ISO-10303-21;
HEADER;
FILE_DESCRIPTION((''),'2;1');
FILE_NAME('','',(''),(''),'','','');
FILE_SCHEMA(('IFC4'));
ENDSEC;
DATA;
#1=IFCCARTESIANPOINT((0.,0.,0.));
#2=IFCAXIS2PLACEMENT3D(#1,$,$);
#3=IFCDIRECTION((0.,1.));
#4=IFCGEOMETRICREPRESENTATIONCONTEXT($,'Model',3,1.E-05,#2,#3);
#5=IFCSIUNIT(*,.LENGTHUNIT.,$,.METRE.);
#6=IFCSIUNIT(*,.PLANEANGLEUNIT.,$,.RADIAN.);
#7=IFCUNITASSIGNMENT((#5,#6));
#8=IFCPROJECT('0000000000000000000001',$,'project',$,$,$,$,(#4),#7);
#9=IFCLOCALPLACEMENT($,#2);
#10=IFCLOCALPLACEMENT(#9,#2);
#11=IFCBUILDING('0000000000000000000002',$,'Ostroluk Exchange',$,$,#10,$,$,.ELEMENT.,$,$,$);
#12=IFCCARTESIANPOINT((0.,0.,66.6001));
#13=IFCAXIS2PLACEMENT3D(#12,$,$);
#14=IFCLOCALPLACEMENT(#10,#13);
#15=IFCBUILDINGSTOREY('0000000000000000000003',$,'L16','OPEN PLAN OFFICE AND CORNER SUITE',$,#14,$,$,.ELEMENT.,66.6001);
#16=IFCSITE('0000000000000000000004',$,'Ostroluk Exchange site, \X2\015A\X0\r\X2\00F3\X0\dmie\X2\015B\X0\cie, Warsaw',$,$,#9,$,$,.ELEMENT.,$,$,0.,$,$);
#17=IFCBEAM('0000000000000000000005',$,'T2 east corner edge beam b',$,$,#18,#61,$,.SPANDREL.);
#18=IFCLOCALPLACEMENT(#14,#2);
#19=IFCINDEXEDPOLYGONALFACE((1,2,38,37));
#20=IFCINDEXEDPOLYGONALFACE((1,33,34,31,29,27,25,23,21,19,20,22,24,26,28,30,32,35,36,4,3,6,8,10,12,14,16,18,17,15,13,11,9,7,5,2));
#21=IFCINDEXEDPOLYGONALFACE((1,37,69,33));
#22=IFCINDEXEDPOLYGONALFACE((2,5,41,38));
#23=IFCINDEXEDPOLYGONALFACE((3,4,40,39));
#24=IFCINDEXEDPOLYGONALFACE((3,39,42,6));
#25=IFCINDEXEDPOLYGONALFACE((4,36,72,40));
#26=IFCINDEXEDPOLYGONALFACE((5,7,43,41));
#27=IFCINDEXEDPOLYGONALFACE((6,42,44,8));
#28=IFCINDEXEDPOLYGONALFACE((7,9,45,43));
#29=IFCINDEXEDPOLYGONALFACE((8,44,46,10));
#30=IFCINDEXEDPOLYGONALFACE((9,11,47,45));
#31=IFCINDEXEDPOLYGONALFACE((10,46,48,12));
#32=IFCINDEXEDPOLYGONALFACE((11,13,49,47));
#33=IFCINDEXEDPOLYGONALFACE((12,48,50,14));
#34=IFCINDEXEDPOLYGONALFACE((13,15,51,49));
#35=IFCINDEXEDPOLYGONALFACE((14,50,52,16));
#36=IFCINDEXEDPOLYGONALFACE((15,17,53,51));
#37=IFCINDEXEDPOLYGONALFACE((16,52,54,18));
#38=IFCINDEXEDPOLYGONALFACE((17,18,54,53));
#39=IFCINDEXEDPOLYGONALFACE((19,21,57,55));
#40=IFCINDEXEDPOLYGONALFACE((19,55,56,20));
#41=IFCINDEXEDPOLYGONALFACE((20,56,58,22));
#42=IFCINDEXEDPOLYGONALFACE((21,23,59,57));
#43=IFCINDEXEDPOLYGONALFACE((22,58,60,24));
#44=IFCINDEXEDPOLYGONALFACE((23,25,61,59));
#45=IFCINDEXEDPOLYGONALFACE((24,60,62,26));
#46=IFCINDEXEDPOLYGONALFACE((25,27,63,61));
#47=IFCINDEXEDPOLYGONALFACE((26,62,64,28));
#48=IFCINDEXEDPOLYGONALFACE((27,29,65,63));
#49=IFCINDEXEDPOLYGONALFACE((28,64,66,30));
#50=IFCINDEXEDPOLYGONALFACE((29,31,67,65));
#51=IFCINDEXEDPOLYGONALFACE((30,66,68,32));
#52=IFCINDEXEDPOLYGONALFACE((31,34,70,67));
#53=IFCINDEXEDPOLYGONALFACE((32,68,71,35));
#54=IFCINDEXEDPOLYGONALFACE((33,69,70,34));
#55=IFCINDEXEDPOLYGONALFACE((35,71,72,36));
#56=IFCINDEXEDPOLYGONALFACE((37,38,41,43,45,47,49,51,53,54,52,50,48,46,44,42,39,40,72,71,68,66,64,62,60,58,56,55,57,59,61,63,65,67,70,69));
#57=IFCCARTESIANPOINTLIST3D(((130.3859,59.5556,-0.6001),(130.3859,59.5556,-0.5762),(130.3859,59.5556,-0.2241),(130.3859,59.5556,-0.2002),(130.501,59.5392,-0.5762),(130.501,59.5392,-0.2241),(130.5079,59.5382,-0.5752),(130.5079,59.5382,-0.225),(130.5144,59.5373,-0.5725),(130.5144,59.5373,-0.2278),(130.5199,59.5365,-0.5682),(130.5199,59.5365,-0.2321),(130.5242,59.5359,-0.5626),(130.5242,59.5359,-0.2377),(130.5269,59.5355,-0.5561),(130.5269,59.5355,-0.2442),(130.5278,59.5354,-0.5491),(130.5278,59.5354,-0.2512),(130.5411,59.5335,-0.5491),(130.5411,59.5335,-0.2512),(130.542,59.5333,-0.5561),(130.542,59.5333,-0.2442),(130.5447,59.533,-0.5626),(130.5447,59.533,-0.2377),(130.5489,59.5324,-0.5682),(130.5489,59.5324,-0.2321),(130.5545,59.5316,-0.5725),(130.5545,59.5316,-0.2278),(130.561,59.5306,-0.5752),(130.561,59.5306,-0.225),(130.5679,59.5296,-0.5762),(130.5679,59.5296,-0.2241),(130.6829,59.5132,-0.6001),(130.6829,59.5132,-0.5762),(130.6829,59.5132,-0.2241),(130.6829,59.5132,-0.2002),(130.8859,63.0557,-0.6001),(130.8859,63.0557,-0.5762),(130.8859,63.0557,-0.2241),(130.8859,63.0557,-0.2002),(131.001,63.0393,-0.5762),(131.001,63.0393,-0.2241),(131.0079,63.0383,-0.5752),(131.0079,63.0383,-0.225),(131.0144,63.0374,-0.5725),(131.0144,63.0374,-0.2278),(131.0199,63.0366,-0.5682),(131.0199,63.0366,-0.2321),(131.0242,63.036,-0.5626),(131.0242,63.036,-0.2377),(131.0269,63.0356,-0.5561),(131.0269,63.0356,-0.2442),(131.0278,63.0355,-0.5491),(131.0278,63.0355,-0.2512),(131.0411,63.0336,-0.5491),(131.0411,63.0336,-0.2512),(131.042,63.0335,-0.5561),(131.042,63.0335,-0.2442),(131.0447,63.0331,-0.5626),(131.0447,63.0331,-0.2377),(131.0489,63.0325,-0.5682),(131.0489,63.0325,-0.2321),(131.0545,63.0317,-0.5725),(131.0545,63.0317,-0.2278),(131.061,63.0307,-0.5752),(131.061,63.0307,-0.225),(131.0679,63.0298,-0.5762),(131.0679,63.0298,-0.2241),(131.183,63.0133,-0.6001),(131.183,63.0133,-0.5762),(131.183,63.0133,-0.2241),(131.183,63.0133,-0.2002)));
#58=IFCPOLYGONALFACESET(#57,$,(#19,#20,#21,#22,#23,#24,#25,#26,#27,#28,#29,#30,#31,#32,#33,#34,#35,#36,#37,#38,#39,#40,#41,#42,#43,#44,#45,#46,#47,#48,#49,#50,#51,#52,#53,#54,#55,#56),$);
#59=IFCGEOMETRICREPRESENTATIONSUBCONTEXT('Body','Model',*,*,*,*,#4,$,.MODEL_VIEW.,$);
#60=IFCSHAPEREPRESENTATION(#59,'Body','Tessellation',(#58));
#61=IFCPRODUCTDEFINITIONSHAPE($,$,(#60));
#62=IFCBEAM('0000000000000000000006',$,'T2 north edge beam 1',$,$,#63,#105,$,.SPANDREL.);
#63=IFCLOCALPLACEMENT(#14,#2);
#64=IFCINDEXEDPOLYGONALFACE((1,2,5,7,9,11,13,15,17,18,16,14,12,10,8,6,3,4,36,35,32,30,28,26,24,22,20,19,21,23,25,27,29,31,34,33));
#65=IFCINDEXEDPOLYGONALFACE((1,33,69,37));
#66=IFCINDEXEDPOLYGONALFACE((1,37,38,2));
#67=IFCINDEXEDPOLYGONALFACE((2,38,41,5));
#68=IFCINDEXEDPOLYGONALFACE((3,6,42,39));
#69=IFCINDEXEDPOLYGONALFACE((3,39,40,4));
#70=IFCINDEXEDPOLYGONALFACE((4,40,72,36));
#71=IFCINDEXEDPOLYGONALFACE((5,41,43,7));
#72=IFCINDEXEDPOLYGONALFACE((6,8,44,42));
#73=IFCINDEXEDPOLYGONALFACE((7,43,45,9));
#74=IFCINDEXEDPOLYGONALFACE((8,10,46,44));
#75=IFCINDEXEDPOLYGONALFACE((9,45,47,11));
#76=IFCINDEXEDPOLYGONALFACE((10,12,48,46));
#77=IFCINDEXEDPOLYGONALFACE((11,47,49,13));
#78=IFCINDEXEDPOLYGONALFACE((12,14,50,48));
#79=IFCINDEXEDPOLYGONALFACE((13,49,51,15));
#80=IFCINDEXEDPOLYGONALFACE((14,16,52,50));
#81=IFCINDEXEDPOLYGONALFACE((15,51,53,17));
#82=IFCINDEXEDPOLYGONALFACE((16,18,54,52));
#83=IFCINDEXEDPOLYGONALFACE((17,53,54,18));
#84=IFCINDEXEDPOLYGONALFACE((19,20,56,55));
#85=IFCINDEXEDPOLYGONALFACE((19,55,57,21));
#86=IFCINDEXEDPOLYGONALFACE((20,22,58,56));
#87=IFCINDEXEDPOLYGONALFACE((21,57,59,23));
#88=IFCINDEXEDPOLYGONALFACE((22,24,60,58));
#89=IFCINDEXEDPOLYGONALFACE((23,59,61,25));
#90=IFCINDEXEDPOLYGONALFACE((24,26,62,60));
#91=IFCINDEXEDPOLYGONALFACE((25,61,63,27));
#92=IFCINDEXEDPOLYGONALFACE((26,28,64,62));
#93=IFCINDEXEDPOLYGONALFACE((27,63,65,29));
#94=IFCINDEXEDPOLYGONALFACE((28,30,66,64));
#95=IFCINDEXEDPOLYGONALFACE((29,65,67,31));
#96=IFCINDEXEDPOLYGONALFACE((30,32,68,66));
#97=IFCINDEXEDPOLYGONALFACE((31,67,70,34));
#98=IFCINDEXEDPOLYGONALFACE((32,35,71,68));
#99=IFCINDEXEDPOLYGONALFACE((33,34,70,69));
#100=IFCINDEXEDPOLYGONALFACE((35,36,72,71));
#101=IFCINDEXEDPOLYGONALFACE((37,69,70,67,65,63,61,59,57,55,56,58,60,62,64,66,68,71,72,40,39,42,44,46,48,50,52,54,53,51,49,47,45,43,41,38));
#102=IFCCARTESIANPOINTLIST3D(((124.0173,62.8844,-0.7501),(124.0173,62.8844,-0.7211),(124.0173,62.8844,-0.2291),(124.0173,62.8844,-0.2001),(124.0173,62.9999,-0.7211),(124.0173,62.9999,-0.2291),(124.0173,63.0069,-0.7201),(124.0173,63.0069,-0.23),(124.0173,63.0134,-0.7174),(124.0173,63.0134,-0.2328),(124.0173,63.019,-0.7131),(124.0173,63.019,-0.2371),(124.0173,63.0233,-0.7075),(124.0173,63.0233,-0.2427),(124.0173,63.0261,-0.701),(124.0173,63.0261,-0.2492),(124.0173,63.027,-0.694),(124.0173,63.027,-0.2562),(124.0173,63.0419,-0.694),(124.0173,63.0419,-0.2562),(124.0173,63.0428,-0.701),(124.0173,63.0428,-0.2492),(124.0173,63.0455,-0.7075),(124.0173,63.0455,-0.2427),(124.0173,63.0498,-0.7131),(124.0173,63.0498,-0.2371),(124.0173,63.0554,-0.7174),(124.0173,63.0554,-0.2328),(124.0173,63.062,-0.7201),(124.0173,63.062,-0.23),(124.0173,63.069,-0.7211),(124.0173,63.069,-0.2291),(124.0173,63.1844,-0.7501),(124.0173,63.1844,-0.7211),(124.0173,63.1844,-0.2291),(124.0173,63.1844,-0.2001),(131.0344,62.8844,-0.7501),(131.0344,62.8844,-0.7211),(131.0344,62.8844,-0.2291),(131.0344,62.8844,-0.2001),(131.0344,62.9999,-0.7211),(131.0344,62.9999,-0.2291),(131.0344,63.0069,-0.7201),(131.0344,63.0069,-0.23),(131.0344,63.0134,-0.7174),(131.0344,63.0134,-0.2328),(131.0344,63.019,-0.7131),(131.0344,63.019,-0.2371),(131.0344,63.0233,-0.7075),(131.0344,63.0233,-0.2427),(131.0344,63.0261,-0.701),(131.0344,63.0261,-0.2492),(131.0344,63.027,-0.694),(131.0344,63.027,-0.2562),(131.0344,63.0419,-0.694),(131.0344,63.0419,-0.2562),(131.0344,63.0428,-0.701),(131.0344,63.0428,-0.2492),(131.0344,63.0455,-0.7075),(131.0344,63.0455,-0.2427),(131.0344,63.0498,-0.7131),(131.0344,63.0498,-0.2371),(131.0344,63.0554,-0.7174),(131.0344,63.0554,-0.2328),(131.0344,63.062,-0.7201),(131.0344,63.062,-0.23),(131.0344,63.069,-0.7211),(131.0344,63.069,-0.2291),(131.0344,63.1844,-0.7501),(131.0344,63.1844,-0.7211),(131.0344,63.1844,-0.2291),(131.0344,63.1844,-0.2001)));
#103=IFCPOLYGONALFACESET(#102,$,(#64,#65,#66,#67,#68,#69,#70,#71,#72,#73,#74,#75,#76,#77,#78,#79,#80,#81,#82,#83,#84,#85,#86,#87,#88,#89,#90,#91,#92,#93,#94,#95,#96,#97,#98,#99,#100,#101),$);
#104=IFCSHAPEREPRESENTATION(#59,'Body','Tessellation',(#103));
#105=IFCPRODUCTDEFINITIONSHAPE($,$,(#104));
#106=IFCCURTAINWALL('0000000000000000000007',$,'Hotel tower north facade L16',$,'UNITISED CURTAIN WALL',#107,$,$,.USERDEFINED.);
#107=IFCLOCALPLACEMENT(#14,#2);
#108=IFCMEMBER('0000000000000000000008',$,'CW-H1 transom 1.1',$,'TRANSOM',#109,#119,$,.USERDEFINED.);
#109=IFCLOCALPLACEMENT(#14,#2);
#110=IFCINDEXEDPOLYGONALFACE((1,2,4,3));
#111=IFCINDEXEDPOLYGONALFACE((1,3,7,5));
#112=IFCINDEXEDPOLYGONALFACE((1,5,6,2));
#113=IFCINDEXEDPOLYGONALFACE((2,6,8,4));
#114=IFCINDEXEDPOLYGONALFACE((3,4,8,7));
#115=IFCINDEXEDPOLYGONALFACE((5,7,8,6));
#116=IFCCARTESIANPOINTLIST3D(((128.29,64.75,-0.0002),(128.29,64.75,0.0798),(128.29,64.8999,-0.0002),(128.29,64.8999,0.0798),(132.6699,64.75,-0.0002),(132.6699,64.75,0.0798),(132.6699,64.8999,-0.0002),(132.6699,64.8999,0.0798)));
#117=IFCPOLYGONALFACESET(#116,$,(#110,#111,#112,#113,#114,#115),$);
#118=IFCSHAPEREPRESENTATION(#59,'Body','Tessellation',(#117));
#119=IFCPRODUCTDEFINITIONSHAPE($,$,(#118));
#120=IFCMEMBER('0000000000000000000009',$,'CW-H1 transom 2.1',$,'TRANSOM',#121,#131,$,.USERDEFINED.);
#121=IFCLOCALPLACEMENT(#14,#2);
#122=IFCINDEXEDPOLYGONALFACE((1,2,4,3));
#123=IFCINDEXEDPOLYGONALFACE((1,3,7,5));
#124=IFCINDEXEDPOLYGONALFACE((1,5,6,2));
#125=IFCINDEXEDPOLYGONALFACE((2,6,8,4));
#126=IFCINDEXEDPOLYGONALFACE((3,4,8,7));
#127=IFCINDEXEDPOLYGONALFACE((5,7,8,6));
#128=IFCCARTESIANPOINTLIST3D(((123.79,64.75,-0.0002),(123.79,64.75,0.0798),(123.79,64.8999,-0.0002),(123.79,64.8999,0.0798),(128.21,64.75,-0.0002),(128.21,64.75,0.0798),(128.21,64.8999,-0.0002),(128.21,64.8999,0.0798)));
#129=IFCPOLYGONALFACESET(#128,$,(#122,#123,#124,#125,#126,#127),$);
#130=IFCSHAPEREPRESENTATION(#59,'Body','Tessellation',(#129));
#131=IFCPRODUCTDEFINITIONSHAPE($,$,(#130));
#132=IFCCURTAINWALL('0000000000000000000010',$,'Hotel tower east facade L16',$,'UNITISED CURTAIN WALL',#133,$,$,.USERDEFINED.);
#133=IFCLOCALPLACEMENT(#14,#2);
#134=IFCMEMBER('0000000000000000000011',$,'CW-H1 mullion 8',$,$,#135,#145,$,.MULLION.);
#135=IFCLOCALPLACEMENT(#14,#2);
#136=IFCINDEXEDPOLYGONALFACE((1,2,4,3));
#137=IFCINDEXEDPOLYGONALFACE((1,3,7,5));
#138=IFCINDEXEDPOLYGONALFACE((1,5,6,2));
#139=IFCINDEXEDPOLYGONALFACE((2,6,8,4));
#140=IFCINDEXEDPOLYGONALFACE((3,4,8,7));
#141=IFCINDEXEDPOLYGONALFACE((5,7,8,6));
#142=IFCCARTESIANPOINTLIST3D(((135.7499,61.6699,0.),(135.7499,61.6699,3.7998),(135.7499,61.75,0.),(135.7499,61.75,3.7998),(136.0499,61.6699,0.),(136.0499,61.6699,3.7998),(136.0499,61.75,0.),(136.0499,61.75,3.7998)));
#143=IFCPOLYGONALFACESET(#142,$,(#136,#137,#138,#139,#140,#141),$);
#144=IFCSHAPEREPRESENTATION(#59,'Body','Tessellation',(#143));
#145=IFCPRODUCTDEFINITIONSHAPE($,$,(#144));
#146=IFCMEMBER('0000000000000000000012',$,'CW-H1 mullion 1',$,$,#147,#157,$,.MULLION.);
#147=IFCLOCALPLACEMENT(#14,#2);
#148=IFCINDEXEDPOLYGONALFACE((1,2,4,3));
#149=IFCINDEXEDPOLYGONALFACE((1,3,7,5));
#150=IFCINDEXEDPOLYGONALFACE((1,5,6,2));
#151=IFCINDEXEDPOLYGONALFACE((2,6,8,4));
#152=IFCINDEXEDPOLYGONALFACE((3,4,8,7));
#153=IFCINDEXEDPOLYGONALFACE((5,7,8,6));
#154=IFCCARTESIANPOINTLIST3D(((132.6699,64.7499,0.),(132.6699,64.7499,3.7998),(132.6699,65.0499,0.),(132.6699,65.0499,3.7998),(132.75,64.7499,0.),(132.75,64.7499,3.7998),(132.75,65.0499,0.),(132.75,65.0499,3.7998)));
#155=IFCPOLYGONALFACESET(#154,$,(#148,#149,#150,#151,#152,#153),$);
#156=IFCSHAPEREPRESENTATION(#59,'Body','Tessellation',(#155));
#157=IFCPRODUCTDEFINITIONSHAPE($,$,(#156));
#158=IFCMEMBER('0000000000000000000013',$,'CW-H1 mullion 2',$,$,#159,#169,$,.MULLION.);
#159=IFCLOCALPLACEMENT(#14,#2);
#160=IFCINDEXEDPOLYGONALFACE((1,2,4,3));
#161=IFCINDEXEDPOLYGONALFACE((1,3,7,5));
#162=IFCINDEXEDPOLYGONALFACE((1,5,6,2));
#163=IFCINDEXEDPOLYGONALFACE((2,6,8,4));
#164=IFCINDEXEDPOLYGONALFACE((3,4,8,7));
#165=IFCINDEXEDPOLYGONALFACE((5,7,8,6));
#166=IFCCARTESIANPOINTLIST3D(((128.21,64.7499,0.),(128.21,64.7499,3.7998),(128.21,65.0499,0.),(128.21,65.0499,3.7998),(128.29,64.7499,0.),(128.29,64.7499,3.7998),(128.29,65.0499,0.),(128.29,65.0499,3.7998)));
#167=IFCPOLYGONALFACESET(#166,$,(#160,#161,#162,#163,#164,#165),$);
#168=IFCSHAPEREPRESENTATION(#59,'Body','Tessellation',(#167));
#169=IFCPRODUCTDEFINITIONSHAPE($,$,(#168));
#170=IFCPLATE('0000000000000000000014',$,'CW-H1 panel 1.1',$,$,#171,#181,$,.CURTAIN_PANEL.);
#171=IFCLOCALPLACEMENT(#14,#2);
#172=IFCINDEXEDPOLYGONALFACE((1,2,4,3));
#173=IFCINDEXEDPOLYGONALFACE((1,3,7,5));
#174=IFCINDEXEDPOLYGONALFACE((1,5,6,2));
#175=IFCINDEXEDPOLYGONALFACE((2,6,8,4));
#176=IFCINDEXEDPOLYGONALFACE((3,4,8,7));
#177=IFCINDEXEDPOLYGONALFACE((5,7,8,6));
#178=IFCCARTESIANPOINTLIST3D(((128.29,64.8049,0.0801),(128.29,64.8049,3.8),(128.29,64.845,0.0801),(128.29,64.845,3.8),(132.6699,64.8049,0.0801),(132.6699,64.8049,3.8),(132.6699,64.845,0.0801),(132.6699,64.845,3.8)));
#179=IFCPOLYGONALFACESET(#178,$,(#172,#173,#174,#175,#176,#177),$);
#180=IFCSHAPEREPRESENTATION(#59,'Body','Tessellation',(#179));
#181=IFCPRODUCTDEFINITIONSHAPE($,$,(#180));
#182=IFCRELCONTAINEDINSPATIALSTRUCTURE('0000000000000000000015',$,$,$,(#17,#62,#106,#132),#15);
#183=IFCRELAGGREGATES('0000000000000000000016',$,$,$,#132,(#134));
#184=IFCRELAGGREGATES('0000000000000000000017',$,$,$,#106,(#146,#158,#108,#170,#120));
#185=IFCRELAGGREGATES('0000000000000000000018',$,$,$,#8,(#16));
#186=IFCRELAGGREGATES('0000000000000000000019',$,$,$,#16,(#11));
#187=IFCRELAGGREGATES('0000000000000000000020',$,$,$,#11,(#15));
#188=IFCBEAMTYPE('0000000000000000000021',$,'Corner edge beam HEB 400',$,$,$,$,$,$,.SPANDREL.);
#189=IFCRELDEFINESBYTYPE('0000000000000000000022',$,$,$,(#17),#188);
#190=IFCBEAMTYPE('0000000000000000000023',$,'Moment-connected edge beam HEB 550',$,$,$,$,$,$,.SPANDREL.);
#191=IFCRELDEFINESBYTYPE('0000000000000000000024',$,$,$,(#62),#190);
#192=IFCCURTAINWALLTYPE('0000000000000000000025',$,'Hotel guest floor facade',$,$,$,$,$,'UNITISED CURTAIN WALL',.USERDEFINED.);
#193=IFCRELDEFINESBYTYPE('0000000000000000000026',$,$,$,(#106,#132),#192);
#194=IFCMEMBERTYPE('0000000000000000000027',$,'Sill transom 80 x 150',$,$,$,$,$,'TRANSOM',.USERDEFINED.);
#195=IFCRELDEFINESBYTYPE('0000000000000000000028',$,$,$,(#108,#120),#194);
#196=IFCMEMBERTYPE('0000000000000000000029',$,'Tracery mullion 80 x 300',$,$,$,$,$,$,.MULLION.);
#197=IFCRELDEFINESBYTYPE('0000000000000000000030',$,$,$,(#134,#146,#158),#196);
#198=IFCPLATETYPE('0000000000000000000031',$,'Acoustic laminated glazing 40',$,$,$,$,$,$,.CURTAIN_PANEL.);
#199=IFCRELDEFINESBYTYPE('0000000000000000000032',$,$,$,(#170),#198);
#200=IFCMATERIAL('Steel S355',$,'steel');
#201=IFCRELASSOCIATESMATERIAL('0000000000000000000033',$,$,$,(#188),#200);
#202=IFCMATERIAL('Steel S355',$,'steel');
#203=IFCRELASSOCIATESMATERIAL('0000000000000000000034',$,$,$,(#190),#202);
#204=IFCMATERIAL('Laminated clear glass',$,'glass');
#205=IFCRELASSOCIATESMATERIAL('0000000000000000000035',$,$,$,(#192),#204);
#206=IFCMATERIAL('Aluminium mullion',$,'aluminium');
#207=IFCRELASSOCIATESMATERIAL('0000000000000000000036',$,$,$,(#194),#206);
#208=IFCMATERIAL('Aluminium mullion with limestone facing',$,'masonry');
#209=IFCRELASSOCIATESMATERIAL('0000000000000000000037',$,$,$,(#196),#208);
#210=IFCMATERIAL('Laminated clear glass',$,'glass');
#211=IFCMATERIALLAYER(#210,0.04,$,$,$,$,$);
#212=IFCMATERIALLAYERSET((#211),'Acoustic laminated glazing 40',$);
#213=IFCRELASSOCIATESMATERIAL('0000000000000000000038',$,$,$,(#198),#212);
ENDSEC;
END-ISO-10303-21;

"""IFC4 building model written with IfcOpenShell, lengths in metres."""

from ifc_helpers import new_model, si_unit, direction, frame, origin, origin_2d, place, context, subcontext, project, spatial, rectangle, i_section, extrude, material, layer, layer_set, material_profile, profile_set, type_object, element, aggregate, save


model = new_model("IFC4")

# Units and contexts
model_context = context("Model", 3, precision=1e-05, world=origin(), true_north=direction((0.0, 1.0)))
body_context = subcontext(model_context, "Body", "Model", "MODEL_VIEW")
ifc_project = project(units=[si_unit("LENGTHUNIT", "METRE"), si_unit("PLANEANGLEUNIT", "RADIAN")], contexts=[model_context])

# Site, building, storey
site_placement = place(None, origin())
site = spatial("IfcSite", under=ifc_project, at=site_placement, Name="Ostroluk Exchange site, Śródmieście, Warsaw", CompositionType="ELEMENT", RefElevation=0.0)
building_placement = place(site_placement, origin())
building = spatial("IfcBuilding", under=site, at=building_placement, Name="Ostroluk Exchange", CompositionType="ELEMENT")
storey_placement = place(building_placement, frame((0.0, 0.0, 66.6001)))
storey = spatial("IfcBuildingStorey", under=building, at=storey_placement, Name="L16", Description="OPEN PLAN OFFICE AND CORNER SUITE", CompositionType="ELEMENT", Elevation=66.6001)

# Beams
ifc_material_1 = material(Name="Steel S355", Category="steel")
ifc_material_profile_1 = material_profile(ifc_material_1, i_section(OverallWidth=0.3, OverallDepth=0.3999, WebThickness=0.0134, FlangeThickness=0.0239, FilletRadius=0.0271, at=origin_2d()), Name="HEB 400")
ifc_profile_set_1 = profile_set([ifc_material_profile_1], Name="Steel S355")
beam_type_1 = type_object("IfcBeamType", Name="Corner edge beam HEB 400", PredefinedType="SPANDREL", material=ifc_profile_set_1)
for number, where, z_axis, x_axis, name in (
    (1, (130.5344, 59.5344, -0.4001), (0.141421, 0.989949, 0.0), (-0.989949, 0.141421, 0.0), "T2 east corner edge beam b"),
):
    element("IfcBeam", number, at=place(storey_placement, frame(where, z_axis=z_axis, x_axis=x_axis)), inside=storey, type_object=beam_type_1, Name=name, PredefinedType="SPANDREL", context=body_context, shape_type="SweptSolid", body=[
        extrude(i_section(OverallWidth=0.3, OverallDepth=0.3999, WebThickness=0.0134, FlangeThickness=0.0239, FilletRadius=0.0271, at=origin_2d()), origin(), (0.0, 0.0, 1.0), 3.5356),
    ])
ifc_material_2 = material(Name="Steel S355", Category="steel")
ifc_material_profile_2 = material_profile(ifc_material_2, i_section(OverallWidth=0.3, OverallDepth=0.55, WebThickness=0.0149, FlangeThickness=0.0291, FilletRadius=0.0271, at=origin_2d()), Name="HEB 550")
ifc_profile_set_2 = profile_set([ifc_material_profile_2], Name="Steel S355")
beam_type_2 = type_object("IfcBeamType", Name="Moment-connected edge beam HEB 550", PredefinedType="SPANDREL", material=ifc_profile_set_2)
beam_1_placement = place(storey_placement, frame((131.0344, 63.0344, -0.4751), z_axis=(-1.0, 0.0, 0.0), x_axis=(0.0, -1.0, 0.0)))
element("IfcBeam", 2, at=beam_1_placement, inside=storey, type_object=beam_type_2, Name="T2 north edge beam 1", PredefinedType="SPANDREL", context=body_context, shape_type="SweptSolid", body=[
    extrude(i_section(OverallWidth=0.3, OverallDepth=0.55, WebThickness=0.0149, FlangeThickness=0.0291, FilletRadius=0.0271, at=origin_2d()), origin(), (0.0, 0.0, 1.0), 7.0171),
])

# Curtain wall, members
ifc_material_3 = material(Name="Laminated clear glass", Category="glass")
curtain_wall_type = type_object("IfcCurtainWallType", Name="Hotel guest floor facade", ElementType="UNITISED CURTAIN WALL", PredefinedType="USERDEFINED", material=ifc_material_3)
curtain_wall_1_placement = place(storey_placement, origin())
curtain_wall_1 = element("IfcCurtainWall", 3, at=curtain_wall_1_placement, inside=storey, type_object=curtain_wall_type, Name="Hotel tower north facade L16", ObjectType="UNITISED CURTAIN WALL", PredefinedType="USERDEFINED")
ifc_material_4 = material(Name="Aluminium mullion", Category="aluminium")
ifc_material_profile_3 = material_profile(ifc_material_4, rectangle(XDim=0.1499, YDim=0.0801, at=origin_2d()), Name="Sill transom 80 x 150")
ifc_profile_set_3 = profile_set([ifc_material_profile_3], Name="Aluminium mullion")
member_type_1 = type_object("IfcMemberType", Name="Sill transom 80 x 150", ElementType="TRANSOM", PredefinedType="USERDEFINED", material=ifc_profile_set_3)
member_1_placement = place(storey_placement, frame((132.6699, 64.825, 0.0398), z_axis=(-1.0, 0.0, 0.0), x_axis=(0.0, -1.0, 0.0)))
member_1 = element("IfcMember", 4, at=member_1_placement, type_object=member_type_1, Name="CW-H1 transom 1.1", ObjectType="TRANSOM", PredefinedType="USERDEFINED", context=body_context, shape_type="SweptSolid", body=[
    extrude(rectangle(XDim=0.1499, YDim=0.0801, at=origin_2d()), origin(), (0.0, 0.0, 1.0), 4.3799),
])
member_2_placement = place(storey_placement, frame((128.21, 64.825, 0.0398), z_axis=(-1.0, 0.0, 0.0), x_axis=(0.0, -1.0, 0.0)))
member_2 = element("IfcMember", 5, at=member_2_placement, type_object=member_type_1, Name="CW-H1 transom 2.1", ObjectType="TRANSOM", PredefinedType="USERDEFINED", context=body_context, shape_type="SweptSolid", body=[
    extrude(rectangle(XDim=0.1499, YDim=0.0801, at=origin_2d()), origin(), (0.0, 0.0, 1.0), 4.4199),
])

# Curtain wall, member
curtain_wall_2_placement = place(storey_placement, origin())
curtain_wall_2 = element("IfcCurtainWall", 6, at=curtain_wall_2_placement, inside=storey, type_object=curtain_wall_type, Name="Hotel tower east facade L16", ObjectType="UNITISED CURTAIN WALL", PredefinedType="USERDEFINED")
ifc_material_5 = material(Name="Aluminium mullion with limestone facing", Category="masonry")
ifc_material_profile_4 = material_profile(ifc_material_5, rectangle(XDim=0.3, YDim=0.0801, at=origin_2d()), Name="Tracery mullion 80 x 300")
ifc_profile_set_4 = profile_set([ifc_material_profile_4], Name="Aluminium mullion with limestone facing")
member_type_2 = type_object("IfcMemberType", Name="Tracery mullion 80 x 300", PredefinedType="MULLION", material=ifc_profile_set_4)
member_3_placement = place(storey_placement, frame((135.8999, 61.71, 0.0), z_axis=(0.0, 0.0, 1.0), x_axis=(-1.0, 0.0, 0.0)))
member_3 = element("IfcMember", 7, at=member_3_placement, type_object=member_type_2, Name="CW-H1 mullion 8", PredefinedType="MULLION", context=body_context, shape_type="SweptSolid", body=[
    extrude(rectangle(XDim=0.3, YDim=0.0801, at=origin_2d()), origin(), (0.0, 0.0, 1.0), 3.7998),
])
aggregate(curtain_wall_2, [member_3])

# Members
member_4_placement = place(storey_placement, frame((132.71, 64.8999, 0.0), z_axis=(0.0, 0.0, 1.0), x_axis=(0.0, -1.0, 0.0)))
member_4 = element("IfcMember", 8, at=member_4_placement, type_object=member_type_2, Name="CW-H1 mullion 1", PredefinedType="MULLION", context=body_context, shape_type="SweptSolid", body=[
    extrude(rectangle(XDim=0.3, YDim=0.0801, at=origin_2d()), origin(), (0.0, 0.0, 1.0), 3.7998),
])
member_5_placement = place(storey_placement, frame((128.25, 64.8999, 0.0), z_axis=(0.0, 0.0, 1.0), x_axis=(0.0, -1.0, 0.0)))
member_5 = element("IfcMember", 9, at=member_5_placement, type_object=member_type_2, Name="CW-H1 mullion 2", PredefinedType="MULLION", context=body_context, shape_type="SweptSolid", body=[
    extrude(rectangle(XDim=0.3, YDim=0.0801, at=origin_2d()), origin(), (0.0, 0.0, 1.0), 3.7998),
])

# Plate
ifc_material_6 = material(Name="Laminated clear glass", Category="glass")
ifc_layer_1 = layer(ifc_material_6, 0.04)
ifc_layer_set_1 = layer_set([ifc_layer_1], Name="Acoustic laminated glazing 40")
plate_type_1 = type_object("IfcPlateType", Name="Acoustic laminated glazing 40", PredefinedType="CURTAIN_PANEL", material=ifc_layer_set_1)
plate_1_placement = place(storey_placement, frame((130.48, 64.825, 0.0801), z_axis=(0.0, 0.0, 1.0), x_axis=(-1.0, 0.0, 0.0)))
plate_1 = element("IfcPlate", 10, at=plate_1_placement, type_object=plate_type_1, Name="CW-H1 panel 1.1", PredefinedType="CURTAIN_PANEL", context=body_context, shape_type="SweptSolid", body=[
    extrude(rectangle(XDim=4.3799, YDim=0.04, at=origin_2d()), origin(), (0.0, 0.0, 1.0), 3.72),
])
aggregate(curtain_wall_1, [member_4, member_5, member_1, plate_1, member_2])

save(model, "model.ifc")
